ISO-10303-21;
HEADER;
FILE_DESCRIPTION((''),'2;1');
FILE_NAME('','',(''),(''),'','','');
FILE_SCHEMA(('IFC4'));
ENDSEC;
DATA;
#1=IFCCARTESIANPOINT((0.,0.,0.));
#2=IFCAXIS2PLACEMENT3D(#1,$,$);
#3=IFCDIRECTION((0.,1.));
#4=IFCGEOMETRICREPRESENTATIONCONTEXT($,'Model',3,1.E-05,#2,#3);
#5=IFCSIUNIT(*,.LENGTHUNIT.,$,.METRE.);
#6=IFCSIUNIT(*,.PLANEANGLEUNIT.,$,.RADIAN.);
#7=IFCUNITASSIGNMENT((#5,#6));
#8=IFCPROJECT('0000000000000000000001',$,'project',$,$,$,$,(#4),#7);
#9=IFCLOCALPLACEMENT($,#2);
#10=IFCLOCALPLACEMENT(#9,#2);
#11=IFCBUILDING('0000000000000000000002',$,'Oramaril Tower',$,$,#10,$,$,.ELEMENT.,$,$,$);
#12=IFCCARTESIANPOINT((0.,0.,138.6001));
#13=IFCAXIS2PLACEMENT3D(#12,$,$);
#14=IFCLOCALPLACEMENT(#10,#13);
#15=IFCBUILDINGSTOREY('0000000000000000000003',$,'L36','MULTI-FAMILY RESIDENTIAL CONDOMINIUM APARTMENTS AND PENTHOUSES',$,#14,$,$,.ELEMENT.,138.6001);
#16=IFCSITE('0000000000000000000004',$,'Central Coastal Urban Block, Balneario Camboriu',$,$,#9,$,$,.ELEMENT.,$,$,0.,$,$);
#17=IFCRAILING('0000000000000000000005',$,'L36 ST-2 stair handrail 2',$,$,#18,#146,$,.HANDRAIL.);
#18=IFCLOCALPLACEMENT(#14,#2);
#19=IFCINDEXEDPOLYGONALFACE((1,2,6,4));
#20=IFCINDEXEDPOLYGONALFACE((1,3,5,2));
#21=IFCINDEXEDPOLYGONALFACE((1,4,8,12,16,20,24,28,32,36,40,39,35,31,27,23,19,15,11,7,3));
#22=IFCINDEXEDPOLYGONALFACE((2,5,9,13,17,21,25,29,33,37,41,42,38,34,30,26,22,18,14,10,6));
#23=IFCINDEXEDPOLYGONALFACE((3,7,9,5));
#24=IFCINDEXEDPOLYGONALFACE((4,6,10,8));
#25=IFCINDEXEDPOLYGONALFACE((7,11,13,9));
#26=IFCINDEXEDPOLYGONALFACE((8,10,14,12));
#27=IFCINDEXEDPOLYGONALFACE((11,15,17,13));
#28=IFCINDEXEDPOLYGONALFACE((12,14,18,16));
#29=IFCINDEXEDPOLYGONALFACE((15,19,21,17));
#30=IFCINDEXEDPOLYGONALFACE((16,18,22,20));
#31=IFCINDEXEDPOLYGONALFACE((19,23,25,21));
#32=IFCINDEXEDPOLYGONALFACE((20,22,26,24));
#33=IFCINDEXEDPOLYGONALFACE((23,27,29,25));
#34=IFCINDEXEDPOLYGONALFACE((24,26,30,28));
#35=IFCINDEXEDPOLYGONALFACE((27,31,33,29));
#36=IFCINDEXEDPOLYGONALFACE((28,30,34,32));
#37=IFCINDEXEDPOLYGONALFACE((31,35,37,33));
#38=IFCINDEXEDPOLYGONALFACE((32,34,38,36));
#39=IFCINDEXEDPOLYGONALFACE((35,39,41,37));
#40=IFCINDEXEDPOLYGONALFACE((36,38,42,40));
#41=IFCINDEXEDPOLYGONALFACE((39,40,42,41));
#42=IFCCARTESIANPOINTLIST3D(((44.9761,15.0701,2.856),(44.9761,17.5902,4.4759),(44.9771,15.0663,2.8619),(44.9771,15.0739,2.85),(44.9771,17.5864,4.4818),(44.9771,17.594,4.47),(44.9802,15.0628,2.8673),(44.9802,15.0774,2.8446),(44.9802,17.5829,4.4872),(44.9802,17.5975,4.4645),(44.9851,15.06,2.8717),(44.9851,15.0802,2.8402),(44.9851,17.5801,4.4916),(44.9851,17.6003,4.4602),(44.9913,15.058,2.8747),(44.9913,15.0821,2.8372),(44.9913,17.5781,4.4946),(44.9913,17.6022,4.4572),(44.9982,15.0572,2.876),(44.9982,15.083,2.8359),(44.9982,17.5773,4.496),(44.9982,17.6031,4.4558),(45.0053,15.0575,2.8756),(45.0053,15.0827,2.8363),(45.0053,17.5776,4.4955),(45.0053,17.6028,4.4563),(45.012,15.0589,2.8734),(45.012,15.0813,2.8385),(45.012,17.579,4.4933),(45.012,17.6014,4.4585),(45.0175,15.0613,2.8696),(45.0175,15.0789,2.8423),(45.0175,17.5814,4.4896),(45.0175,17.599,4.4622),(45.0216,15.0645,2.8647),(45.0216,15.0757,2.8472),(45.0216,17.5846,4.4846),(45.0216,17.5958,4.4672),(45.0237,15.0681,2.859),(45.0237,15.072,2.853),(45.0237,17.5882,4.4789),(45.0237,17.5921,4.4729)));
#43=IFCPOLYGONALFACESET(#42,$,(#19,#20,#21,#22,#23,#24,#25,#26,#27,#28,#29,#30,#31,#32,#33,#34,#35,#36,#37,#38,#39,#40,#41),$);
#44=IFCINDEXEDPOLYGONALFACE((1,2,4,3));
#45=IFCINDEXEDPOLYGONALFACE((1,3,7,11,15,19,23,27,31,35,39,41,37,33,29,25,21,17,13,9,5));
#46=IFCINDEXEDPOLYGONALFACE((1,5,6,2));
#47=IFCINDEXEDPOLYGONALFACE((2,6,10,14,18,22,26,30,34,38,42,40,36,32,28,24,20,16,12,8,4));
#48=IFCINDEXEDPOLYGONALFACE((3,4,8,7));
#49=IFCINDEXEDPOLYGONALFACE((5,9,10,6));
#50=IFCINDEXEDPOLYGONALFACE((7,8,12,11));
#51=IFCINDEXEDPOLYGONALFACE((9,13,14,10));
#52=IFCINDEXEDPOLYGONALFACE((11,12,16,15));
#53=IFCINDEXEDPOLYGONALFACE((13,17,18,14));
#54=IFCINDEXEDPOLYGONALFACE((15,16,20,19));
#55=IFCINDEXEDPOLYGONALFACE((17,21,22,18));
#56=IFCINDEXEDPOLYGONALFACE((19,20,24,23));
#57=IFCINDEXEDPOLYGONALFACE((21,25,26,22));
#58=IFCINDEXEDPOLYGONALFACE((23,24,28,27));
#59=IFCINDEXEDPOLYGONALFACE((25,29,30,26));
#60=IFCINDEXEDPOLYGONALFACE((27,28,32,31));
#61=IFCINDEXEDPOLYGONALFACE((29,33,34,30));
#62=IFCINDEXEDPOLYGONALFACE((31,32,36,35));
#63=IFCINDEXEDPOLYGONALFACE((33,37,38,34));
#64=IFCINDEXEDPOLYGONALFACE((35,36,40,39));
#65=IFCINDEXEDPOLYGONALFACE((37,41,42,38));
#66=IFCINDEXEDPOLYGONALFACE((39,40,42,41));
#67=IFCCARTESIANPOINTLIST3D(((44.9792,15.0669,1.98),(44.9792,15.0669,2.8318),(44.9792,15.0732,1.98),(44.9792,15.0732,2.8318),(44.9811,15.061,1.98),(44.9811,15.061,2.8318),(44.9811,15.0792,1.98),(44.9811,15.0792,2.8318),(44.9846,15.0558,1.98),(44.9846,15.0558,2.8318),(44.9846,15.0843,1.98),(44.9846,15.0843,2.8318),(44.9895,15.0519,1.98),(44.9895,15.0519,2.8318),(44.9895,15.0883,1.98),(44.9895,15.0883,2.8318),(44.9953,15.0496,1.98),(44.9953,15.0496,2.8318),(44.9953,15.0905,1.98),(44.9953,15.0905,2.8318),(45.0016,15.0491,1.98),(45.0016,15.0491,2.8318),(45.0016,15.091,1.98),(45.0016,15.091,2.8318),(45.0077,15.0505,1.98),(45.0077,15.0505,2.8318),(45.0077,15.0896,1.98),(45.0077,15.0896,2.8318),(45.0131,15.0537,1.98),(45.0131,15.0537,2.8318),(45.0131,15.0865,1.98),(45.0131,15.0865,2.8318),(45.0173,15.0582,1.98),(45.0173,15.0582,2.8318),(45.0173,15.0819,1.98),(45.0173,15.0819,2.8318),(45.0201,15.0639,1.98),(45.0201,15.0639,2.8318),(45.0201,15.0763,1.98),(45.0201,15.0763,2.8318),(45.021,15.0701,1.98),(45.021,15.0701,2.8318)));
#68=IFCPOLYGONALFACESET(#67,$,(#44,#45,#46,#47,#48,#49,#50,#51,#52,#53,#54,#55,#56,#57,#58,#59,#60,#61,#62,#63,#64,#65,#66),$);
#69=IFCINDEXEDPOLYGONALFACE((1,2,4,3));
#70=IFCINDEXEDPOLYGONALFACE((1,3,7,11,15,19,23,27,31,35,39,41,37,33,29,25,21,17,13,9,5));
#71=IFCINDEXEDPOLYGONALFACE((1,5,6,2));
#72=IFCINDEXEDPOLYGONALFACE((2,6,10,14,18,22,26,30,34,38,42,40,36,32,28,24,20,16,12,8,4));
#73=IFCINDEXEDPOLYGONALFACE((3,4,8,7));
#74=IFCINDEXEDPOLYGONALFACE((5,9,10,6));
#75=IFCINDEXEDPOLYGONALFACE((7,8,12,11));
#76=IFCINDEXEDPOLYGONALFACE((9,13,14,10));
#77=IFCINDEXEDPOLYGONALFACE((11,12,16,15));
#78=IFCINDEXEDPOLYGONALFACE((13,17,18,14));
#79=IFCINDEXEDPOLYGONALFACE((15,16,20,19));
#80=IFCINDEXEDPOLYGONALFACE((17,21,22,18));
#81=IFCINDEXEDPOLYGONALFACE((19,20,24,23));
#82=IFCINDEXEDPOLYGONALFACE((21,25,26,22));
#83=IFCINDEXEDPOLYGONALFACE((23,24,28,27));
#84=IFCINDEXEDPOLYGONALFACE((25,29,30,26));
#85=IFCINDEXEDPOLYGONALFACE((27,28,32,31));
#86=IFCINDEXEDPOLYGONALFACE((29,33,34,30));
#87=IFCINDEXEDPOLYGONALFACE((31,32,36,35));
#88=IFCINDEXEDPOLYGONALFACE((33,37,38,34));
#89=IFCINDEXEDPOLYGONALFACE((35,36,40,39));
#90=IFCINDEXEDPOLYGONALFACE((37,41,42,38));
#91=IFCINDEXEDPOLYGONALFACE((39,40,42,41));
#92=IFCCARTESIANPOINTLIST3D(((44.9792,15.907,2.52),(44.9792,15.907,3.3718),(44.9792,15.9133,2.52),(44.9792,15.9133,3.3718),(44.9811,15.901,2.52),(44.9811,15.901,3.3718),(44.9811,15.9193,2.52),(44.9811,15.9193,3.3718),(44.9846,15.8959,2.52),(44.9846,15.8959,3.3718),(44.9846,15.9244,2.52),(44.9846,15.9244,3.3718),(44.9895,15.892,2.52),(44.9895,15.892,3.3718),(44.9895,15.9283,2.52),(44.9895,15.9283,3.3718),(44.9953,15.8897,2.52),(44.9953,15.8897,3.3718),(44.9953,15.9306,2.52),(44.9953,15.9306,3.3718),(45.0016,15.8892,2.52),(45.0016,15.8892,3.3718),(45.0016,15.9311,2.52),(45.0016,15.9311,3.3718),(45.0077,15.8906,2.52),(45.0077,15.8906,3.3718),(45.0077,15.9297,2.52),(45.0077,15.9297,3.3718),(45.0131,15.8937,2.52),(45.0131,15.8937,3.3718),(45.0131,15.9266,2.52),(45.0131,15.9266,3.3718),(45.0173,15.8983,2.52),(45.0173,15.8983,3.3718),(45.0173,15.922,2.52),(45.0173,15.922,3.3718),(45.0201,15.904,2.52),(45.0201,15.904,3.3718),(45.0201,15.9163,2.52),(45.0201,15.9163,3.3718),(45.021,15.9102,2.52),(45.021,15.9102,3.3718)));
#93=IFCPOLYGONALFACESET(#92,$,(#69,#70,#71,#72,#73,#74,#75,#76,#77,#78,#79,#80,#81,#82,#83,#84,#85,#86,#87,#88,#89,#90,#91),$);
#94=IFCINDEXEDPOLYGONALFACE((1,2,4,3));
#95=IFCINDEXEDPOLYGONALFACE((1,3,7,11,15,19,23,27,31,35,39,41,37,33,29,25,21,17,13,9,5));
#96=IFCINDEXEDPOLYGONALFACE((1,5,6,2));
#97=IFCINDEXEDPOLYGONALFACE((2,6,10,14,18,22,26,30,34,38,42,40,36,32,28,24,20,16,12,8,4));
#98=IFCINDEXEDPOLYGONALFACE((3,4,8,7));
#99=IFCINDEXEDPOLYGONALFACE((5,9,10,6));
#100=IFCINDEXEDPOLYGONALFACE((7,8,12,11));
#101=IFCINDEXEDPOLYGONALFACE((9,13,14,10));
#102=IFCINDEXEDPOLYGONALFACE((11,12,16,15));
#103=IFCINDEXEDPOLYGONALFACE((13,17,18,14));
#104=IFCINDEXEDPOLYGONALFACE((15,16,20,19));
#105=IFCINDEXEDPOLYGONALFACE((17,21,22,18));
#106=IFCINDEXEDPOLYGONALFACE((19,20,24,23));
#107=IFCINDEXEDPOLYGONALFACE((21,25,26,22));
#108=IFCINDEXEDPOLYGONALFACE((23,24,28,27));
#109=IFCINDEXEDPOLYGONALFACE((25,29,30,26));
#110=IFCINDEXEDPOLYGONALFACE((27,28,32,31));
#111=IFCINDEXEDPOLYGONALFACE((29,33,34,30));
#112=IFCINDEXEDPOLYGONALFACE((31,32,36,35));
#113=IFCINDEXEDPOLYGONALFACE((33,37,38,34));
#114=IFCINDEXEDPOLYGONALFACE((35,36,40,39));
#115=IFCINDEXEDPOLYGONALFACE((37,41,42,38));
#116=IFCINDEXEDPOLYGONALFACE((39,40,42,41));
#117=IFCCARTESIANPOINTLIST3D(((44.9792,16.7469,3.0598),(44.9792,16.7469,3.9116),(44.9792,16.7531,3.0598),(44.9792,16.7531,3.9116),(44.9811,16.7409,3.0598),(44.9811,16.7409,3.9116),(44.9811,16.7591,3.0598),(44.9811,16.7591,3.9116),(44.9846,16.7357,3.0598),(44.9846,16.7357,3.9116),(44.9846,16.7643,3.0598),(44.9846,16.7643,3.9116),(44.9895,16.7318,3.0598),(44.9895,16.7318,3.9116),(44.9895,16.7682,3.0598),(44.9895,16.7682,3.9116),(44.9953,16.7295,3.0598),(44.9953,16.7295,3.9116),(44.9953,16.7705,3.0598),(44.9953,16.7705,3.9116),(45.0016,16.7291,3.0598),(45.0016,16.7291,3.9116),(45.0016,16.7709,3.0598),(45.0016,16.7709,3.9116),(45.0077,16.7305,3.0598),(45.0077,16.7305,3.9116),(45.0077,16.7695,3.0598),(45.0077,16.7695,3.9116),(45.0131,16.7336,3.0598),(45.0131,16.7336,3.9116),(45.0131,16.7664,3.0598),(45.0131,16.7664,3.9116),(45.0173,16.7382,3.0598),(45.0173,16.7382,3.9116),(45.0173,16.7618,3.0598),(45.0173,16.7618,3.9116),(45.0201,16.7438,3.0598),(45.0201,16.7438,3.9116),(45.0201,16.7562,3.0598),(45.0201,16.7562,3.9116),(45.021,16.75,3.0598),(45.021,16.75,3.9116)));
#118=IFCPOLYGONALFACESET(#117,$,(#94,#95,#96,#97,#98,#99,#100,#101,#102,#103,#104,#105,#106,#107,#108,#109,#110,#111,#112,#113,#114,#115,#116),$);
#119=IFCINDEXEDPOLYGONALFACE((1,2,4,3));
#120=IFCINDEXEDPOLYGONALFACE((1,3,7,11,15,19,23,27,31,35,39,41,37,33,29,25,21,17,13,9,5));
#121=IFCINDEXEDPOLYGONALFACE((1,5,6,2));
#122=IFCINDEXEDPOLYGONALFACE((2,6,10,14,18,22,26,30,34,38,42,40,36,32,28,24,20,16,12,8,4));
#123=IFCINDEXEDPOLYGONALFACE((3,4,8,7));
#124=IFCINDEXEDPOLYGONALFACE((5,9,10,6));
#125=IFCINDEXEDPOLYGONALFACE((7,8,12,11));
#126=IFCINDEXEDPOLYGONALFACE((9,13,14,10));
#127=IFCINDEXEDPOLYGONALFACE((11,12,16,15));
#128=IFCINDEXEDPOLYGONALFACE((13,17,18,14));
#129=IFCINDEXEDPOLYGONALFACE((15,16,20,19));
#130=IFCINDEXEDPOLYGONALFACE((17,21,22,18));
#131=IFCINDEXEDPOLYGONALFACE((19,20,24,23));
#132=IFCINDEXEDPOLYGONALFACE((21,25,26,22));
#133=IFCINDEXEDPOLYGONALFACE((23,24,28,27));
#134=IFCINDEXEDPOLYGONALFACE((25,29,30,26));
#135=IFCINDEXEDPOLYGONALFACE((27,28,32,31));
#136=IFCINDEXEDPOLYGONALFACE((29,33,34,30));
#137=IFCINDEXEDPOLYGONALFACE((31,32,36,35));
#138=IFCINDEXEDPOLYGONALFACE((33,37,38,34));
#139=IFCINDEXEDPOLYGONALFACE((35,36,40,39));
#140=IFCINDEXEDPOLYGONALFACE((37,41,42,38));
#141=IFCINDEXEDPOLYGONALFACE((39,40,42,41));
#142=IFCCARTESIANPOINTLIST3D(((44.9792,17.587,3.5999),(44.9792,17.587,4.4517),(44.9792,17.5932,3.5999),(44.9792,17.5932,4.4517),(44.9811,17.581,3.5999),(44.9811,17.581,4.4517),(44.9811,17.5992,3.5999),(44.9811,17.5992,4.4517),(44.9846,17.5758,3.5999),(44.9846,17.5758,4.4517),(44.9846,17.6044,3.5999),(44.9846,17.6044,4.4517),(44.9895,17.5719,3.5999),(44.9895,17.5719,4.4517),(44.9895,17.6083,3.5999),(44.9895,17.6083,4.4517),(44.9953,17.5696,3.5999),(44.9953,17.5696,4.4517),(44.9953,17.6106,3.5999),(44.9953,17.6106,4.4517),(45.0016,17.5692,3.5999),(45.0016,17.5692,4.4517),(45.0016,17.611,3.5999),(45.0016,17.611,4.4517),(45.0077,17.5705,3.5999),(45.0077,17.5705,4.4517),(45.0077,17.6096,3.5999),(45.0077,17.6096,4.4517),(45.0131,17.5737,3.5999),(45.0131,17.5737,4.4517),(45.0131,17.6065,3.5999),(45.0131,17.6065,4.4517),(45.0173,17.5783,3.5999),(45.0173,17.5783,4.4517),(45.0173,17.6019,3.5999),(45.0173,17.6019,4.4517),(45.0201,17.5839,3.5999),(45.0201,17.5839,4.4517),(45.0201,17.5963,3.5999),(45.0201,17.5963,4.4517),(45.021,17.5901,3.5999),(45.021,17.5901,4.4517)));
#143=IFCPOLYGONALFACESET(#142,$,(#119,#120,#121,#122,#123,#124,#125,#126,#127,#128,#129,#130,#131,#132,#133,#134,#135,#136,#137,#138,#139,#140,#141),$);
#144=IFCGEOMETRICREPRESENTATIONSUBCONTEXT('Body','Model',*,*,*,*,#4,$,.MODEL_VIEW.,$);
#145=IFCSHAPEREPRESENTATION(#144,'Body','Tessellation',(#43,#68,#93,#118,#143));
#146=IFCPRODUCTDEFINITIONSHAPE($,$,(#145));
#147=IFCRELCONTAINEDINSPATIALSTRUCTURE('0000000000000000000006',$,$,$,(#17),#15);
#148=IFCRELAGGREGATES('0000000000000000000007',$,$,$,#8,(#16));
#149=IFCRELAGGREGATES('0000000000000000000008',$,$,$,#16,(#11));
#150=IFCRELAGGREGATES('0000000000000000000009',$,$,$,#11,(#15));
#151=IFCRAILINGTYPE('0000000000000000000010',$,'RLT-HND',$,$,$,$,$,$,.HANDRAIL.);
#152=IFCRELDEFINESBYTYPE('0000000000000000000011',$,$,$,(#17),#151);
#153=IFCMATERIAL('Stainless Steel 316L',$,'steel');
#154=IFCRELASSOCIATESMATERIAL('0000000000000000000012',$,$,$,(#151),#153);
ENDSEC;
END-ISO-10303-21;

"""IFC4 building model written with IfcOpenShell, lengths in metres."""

from ifc_helpers import new_model, si_unit, direction, frame, origin, origin_2d, place, context, subcontext, project, spatial, circle, extrude, material, type_object, element, save


model = new_model("IFC4")

# Units and contexts
model_context = context("Model", 3, precision=1e-05, world=origin(), true_north=direction((0.0, 1.0)))
body_context = subcontext(model_context, "Body", "Model", "MODEL_VIEW")
ifc_project = project(units=[si_unit("LENGTHUNIT", "METRE"), si_unit("PLANEANGLEUNIT", "RADIAN")], contexts=[model_context])

# Site, building, storey
site_placement = place(None, origin())
site = spatial("IfcSite", under=ifc_project, at=site_placement, Name="Central Coastal Urban Block, Balneario Camboriu", CompositionType="ELEMENT", RefElevation=0.0)
building_placement = place(site_placement, origin())
building = spatial("IfcBuilding", under=site, at=building_placement, Name="Oramaril Tower", CompositionType="ELEMENT")
storey_placement = place(building_placement, frame((0.0, 0.0, 138.6001)))
storey = spatial("IfcBuildingStorey", under=building, at=storey_placement, Name="L36", Description="MULTI-FAMILY RESIDENTIAL CONDOMINIUM APARTMENTS AND PENTHOUSES", CompositionType="ELEMENT", Elevation=138.6001)

# Railing
ifc_material_1 = material(Name="Stainless Steel 316L", Category="steel")
railing_type_1 = type_object("IfcRailingType", Name="RLT-HND", PredefinedType="HANDRAIL", material=ifc_material_1)
for number, where, name in (
    (1, (45.0, 15.0701, 1.98), "L36 ST-2 stair handrail 2"),
):
    element("IfcRailing", number, at=place(storey_placement, frame(where)), inside=storey, type_object=railing_type_1, Name=name, PredefinedType="HANDRAIL", context=body_context, shape_type="SweptSolid", body=[
        extrude(circle(Radius=0.0239, at=origin_2d()), frame((0.0, 0.0, 0.876), z_axis=(0.0, 0.8412, 0.540725), x_axis=(-1.0, 0.0, 0.0)), (0.0, 0.0, 1.0), 2.9958),
        extrude(circle(Radius=0.021, at=origin_2d()), origin(), (0.0, 0.0, 1.0), 0.8518),
        extrude(circle(Radius=0.021, at=origin_2d()), frame((0.0, 0.8401, 0.54)), (0.0, 0.0, 1.0), 0.8518),
        extrude(circle(Radius=0.021, at=origin_2d()), frame((0.0, 1.6799, 1.0798)), (0.0, 0.0, 1.0), 0.8518),
        extrude(circle(Radius=0.021, at=origin_2d()), frame((0.0, 2.52, 1.6199)), (0.0, 0.0, 1.0), 0.8518),
    ])

save(model, "model.ifc")
